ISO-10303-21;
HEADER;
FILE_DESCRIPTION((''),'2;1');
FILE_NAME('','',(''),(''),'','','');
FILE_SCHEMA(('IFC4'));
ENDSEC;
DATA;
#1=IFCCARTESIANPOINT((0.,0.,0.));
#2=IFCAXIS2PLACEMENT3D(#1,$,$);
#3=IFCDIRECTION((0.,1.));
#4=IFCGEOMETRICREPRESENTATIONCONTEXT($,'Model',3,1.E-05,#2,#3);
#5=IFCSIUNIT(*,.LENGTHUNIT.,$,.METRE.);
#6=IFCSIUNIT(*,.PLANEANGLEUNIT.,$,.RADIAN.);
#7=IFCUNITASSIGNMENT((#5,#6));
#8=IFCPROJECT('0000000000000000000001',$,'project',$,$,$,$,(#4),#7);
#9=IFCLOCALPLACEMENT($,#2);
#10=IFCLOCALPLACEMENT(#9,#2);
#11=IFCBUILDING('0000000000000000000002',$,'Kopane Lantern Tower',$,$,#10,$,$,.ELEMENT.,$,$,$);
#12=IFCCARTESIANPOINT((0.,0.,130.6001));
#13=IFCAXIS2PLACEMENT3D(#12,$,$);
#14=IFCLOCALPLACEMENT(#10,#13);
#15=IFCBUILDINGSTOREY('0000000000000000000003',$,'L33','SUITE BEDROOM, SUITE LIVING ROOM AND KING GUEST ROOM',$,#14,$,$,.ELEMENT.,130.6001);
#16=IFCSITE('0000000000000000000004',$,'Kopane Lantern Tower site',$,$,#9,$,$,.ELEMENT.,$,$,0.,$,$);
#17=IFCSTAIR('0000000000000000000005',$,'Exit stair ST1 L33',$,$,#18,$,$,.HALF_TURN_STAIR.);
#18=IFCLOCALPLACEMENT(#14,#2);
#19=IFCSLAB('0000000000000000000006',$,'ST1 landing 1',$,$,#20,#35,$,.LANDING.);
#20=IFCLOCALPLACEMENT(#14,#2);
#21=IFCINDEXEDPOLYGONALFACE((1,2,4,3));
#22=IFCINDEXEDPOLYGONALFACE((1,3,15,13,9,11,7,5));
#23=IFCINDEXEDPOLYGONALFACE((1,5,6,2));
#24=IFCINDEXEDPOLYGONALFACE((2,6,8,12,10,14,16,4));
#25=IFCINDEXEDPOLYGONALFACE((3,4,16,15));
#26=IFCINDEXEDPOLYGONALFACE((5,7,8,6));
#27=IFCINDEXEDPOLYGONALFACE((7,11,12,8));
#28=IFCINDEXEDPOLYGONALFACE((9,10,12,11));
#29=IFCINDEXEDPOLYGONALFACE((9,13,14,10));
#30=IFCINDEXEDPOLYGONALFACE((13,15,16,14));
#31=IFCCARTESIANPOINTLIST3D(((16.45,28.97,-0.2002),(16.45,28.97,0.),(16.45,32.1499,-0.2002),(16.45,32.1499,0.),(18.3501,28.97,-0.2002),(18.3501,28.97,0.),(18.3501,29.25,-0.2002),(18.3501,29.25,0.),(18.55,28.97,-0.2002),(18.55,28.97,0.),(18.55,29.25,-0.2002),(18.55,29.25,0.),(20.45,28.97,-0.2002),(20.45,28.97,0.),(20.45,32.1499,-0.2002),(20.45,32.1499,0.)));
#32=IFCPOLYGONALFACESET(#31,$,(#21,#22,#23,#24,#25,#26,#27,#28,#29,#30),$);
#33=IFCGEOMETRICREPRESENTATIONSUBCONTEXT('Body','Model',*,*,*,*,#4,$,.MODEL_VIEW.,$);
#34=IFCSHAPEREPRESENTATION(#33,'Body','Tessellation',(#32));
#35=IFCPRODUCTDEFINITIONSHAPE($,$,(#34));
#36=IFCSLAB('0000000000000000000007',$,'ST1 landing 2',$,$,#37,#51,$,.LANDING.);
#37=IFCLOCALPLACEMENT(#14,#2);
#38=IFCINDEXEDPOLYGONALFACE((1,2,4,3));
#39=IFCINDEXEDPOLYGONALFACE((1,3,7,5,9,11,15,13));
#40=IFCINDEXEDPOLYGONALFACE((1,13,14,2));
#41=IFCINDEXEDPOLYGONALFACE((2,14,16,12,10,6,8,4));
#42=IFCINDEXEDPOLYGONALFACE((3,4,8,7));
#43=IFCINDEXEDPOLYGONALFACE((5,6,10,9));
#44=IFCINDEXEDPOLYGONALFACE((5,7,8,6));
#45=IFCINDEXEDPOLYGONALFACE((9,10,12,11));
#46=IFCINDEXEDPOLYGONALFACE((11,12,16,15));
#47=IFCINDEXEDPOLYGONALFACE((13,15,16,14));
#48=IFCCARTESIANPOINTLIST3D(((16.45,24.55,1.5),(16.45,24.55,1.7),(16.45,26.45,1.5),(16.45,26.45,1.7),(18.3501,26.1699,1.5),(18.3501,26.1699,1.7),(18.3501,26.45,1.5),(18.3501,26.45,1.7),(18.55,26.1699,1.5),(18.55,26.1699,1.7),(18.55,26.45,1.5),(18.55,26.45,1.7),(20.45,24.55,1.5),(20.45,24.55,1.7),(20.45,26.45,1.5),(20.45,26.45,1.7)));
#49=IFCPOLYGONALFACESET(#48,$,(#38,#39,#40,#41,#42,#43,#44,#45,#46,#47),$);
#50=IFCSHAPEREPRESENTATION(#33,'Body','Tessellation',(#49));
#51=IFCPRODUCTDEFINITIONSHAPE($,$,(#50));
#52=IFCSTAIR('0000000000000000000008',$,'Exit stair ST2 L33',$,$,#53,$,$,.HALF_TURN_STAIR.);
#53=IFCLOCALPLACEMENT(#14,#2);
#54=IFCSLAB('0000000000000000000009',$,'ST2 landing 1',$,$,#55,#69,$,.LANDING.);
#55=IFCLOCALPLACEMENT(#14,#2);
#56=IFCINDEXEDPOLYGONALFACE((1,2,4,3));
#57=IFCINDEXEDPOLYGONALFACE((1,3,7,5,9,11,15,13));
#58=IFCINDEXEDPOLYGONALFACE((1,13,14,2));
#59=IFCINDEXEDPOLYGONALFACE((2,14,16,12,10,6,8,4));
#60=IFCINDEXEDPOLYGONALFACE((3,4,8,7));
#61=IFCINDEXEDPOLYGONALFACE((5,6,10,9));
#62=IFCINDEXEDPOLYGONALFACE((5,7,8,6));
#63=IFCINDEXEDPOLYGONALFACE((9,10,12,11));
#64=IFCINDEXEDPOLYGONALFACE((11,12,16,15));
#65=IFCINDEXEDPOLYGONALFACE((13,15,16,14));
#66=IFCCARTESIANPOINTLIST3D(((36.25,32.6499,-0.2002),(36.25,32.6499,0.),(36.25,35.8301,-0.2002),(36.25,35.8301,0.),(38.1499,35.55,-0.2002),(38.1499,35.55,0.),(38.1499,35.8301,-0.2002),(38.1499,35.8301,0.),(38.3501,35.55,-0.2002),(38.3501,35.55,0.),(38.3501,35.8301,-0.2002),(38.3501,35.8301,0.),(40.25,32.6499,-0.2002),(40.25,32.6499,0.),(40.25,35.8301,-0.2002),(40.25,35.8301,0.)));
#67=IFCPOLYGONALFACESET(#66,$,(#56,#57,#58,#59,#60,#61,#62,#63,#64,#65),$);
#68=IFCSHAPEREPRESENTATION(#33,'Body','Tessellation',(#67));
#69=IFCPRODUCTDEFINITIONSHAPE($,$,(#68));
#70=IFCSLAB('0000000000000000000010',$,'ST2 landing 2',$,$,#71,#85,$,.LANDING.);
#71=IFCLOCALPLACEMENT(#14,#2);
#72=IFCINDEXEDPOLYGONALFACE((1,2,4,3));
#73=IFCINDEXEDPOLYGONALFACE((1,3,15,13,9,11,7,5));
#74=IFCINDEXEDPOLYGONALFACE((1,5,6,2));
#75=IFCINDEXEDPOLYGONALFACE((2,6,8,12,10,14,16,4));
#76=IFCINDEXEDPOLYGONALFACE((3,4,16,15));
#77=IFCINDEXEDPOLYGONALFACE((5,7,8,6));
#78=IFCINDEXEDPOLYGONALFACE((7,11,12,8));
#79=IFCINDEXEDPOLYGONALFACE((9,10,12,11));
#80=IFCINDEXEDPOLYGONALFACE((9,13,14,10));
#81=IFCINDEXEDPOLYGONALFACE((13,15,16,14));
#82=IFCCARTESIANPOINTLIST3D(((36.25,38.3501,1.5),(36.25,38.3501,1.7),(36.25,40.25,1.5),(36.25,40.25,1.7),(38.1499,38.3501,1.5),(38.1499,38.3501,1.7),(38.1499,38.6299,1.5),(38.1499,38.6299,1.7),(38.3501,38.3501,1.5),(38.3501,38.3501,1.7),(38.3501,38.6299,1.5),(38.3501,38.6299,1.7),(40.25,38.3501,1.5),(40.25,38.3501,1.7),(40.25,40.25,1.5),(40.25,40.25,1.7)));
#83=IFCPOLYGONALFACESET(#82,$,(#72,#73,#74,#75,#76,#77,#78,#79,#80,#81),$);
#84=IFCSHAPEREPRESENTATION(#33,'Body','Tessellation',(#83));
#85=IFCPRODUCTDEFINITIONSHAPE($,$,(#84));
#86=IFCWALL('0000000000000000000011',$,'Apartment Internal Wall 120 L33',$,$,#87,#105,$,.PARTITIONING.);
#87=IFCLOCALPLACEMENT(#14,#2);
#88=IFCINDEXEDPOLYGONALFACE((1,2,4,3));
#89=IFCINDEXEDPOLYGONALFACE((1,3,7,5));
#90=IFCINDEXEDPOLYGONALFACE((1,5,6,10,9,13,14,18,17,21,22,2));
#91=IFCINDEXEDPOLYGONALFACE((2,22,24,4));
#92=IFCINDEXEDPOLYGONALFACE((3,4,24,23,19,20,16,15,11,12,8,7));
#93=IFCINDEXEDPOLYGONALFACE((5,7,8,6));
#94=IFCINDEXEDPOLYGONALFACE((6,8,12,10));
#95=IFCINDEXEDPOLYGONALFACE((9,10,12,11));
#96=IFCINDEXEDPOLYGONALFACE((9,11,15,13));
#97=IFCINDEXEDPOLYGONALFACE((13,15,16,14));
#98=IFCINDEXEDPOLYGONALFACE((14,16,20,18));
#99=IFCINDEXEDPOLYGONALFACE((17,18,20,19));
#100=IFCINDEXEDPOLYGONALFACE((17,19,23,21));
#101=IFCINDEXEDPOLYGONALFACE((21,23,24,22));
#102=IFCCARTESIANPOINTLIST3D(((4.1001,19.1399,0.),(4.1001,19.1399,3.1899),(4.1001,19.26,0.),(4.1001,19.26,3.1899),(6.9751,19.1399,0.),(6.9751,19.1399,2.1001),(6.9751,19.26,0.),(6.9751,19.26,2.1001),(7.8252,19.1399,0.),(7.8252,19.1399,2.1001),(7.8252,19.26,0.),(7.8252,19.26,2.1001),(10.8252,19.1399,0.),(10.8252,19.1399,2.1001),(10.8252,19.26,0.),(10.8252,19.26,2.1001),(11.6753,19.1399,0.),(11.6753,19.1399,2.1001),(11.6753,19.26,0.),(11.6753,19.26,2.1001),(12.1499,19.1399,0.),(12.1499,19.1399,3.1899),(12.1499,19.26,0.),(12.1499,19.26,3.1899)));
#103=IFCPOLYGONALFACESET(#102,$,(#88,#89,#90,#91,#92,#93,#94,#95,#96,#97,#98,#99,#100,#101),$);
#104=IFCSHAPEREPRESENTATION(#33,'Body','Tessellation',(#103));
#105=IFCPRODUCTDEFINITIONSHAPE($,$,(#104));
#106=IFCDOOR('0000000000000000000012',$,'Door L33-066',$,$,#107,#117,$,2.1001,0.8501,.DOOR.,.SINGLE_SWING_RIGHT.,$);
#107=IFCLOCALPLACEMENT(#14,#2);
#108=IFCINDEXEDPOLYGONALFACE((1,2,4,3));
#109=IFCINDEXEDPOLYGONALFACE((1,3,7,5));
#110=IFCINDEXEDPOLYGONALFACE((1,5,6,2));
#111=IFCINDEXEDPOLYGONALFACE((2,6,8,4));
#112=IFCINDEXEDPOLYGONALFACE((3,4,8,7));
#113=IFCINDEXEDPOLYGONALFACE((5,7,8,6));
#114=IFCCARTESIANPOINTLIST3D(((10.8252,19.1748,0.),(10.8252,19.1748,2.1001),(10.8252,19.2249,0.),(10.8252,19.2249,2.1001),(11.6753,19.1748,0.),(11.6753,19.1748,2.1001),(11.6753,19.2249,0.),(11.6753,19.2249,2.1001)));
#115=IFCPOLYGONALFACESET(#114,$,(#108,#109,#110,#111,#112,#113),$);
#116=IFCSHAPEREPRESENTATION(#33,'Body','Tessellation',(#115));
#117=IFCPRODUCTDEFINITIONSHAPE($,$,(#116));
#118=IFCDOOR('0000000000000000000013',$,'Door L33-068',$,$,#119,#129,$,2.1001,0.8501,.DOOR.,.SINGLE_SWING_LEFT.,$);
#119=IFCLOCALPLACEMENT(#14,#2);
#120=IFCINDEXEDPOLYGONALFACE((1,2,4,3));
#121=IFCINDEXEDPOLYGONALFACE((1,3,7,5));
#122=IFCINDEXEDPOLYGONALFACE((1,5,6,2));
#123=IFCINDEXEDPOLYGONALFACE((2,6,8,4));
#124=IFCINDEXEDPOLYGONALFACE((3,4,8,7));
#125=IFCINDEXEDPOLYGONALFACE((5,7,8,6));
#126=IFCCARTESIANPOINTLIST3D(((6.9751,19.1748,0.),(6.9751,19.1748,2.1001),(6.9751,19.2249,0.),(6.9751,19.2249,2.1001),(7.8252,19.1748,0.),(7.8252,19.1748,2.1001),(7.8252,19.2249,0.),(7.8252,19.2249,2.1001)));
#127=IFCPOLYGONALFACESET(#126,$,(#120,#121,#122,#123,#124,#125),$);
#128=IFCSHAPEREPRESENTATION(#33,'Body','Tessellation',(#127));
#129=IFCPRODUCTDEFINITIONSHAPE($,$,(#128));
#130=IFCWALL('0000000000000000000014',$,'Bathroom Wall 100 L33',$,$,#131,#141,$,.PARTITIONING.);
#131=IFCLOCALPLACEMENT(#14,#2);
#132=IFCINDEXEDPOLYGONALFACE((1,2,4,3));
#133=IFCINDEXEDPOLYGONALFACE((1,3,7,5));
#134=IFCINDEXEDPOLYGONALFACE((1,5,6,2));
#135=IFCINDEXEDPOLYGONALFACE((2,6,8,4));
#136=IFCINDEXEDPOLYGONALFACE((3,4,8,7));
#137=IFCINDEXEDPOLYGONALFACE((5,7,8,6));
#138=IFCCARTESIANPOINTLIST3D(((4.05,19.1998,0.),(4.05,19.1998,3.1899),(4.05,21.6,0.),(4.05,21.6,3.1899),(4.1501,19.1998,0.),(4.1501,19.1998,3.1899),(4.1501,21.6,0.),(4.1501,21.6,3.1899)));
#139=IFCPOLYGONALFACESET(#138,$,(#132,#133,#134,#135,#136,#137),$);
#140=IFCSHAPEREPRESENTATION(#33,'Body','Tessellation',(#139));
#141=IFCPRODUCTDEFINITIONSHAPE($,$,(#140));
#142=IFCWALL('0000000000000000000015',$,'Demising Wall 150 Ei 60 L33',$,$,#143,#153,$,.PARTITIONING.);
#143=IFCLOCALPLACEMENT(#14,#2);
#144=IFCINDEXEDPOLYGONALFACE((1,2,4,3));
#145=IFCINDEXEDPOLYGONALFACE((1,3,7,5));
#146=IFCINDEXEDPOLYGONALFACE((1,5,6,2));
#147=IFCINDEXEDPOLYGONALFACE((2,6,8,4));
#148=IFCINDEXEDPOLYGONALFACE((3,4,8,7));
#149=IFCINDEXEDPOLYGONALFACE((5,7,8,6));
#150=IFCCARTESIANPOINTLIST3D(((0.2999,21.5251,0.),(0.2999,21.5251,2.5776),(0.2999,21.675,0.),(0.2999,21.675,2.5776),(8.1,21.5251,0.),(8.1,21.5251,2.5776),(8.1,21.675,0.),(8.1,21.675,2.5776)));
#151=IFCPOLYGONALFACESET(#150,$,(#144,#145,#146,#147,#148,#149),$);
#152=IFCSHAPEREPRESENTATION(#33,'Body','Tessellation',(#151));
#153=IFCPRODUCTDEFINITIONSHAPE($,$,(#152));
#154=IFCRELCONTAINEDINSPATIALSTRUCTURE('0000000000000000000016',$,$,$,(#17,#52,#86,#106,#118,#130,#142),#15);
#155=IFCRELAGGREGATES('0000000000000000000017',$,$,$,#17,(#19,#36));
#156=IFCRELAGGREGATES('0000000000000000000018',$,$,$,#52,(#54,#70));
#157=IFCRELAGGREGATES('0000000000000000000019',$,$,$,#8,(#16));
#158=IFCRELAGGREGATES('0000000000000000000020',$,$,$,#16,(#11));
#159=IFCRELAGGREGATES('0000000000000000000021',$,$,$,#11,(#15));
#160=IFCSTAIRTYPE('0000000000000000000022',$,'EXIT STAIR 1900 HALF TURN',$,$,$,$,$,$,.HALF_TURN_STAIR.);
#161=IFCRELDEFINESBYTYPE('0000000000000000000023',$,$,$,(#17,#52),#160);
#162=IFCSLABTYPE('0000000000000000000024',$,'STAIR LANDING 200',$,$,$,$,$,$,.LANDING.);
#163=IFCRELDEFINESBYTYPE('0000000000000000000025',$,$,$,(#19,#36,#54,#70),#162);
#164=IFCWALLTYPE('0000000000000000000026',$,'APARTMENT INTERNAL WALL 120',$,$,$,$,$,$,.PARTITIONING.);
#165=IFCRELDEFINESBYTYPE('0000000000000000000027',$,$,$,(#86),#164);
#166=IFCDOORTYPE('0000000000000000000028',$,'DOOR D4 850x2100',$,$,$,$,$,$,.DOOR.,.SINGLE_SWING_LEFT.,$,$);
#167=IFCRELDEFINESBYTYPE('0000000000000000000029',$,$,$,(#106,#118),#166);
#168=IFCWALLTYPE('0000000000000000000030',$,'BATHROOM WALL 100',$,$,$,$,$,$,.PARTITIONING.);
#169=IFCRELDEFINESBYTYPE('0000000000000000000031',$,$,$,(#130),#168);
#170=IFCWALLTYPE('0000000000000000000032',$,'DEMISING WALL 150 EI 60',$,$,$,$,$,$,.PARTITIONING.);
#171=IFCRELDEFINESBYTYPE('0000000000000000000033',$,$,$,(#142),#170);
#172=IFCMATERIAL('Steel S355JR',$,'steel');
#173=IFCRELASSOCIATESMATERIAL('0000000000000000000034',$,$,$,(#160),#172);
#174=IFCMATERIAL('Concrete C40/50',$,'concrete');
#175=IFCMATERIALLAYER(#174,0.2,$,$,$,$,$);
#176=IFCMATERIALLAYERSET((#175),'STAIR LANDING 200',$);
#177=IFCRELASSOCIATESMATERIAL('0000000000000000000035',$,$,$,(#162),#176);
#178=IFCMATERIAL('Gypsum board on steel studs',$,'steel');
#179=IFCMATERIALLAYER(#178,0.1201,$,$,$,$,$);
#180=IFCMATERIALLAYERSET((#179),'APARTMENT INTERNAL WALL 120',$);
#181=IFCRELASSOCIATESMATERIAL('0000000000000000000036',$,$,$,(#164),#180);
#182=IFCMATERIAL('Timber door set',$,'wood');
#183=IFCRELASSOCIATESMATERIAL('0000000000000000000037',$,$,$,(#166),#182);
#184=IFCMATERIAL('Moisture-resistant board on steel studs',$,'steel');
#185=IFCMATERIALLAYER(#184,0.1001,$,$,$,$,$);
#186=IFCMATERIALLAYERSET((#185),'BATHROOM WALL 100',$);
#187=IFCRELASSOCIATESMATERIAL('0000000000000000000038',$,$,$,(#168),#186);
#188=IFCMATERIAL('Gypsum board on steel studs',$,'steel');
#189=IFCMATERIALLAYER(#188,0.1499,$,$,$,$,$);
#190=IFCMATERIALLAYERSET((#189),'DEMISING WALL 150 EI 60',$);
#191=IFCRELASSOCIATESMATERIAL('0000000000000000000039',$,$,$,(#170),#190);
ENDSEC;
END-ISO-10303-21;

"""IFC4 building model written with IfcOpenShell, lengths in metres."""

from ifc_helpers import new_model, si_unit, direction, frame, frame_2d, origin, place, context, subcontext, project, spatial, polyline, rectangle, outline, extrude, material, layer, layer_set, type_object, element, fill, aggregate, save


model = new_model("IFC4")

# Units and contexts
model_context = context("Model", 3, precision=1e-05, world=origin(), true_north=direction((0.0, 1.0)))
body_context = subcontext(model_context, "Body", "Model", "MODEL_VIEW")
ifc_project = project(units=[si_unit("LENGTHUNIT", "METRE"), si_unit("PLANEANGLEUNIT", "RADIAN")], contexts=[model_context])

# Site, building, storey
site_placement = place(None, origin())
site = spatial("IfcSite", under=ifc_project, at=site_placement, Name="Kopane Lantern Tower site", CompositionType="ELEMENT", RefElevation=0.0)
building_placement = place(site_placement, origin())
building = spatial("IfcBuilding", under=site, at=building_placement, Name="Kopane Lantern Tower", CompositionType="ELEMENT")
storey_placement = place(building_placement, frame((0.0, 0.0, 130.6001)))
storey = spatial("IfcBuildingStorey", under=building, at=storey_placement, Name="L33", Description="SUITE BEDROOM, SUITE LIVING ROOM AND KING GUEST ROOM", CompositionType="ELEMENT", Elevation=130.6001)

# Stairs, slabs
ifc_material_1 = material(Name="Steel S355JR", Category="steel")
stair_type = type_object("IfcStairType", Name="EXIT STAIR 1900 HALF TURN", PredefinedType="HALF_TURN_STAIR", material=ifc_material_1)
stair_1_placement = place(storey_placement, origin())
stair_1 = element("IfcStair", 1, at=stair_1_placement, inside=storey, type_object=stair_type, Name="Exit stair ST1 L33", PredefinedType="HALF_TURN_STAIR")
ifc_material_2 = material(Name="Concrete C40/50", Category="concrete")
ifc_layer_1 = layer(ifc_material_2, 0.2)
ifc_layer_set_1 = layer_set([ifc_layer_1], Name="STAIR LANDING 200")
slab_type_1 = type_object("IfcSlabType", Name="STAIR LANDING 200", PredefinedType="LANDING", material=ifc_layer_set_1)
slab_1_placement = place(storey_placement, frame((0.0, 0.0, -0.2002)))
slab_1 = element("IfcSlab", 2, at=slab_1_placement, type_object=slab_type_1, Name="ST1 landing 1", PredefinedType="LANDING", context=body_context, shape_type="SweptSolid", body=[
    extrude(outline(polyline([(18.3501, 29.25), (18.55, 29.25), (18.55, 28.97), (20.45, 28.97), (20.45, 32.1499), (16.45, 32.1499), (16.45, 28.97), (18.3501, 28.97), (18.3501, 29.25)])), origin(), (0.0, 0.0, 1.0), 0.2002),
])
slab_2_placement = place(storey_placement, frame((0.0, 0.0, 1.5)))
slab_2 = element("IfcSlab", 3, at=slab_2_placement, type_object=slab_type_1, Name="ST1 landing 2", PredefinedType="LANDING", context=body_context, shape_type="SweptSolid", body=[
    extrude(outline(polyline([(20.45, 26.45), (18.55, 26.45), (18.55, 26.1699), (18.3501, 26.1699), (18.3501, 26.45), (16.45, 26.45), (16.45, 24.55), (20.45, 24.55), (20.45, 26.45)])), origin(), (0.0, 0.0, 1.0), 0.2),
])
aggregate(stair_1, [slab_1, slab_2])
stair_2_placement = place(storey_placement, origin())
stair_2 = element("IfcStair", 4, at=stair_2_placement, inside=storey, type_object=stair_type, Name="Exit stair ST2 L33", PredefinedType="HALF_TURN_STAIR")
slab_3_placement = place(storey_placement, frame((0.0, 0.0, -0.2002)))
slab_3 = element("IfcSlab", 5, at=slab_3_placement, type_object=slab_type_1, Name="ST2 landing 1", PredefinedType="LANDING", context=body_context, shape_type="SweptSolid", body=[
    extrude(outline(polyline([(40.25, 35.8301), (38.3501, 35.8301), (38.3501, 35.55), (38.1499, 35.55), (38.1499, 35.8301), (36.25, 35.8301), (36.25, 32.6499), (40.25, 32.6499), (40.25, 35.8301)])), origin(), (0.0, 0.0, 1.0), 0.2002),
])
slab_4_placement = place(storey_placement, frame((0.0, 0.0, 1.5)))
slab_4 = element("IfcSlab", 6, at=slab_4_placement, type_object=slab_type_1, Name="ST2 landing 2", PredefinedType="LANDING", context=body_context, shape_type="SweptSolid", body=[
    extrude(outline(polyline([(38.1499, 38.6299), (38.3501, 38.6299), (38.3501, 38.3501), (40.25, 38.3501), (40.25, 40.25), (36.25, 40.25), (36.25, 38.3501), (38.1499, 38.3501), (38.1499, 38.6299)])), origin(), (0.0, 0.0, 1.0), 0.2),
])
aggregate(stair_2, [slab_3, slab_4])

# Wall, openings, doors
ifc_material_3 = material(Name="Gypsum board on steel studs", Category="steel")
ifc_layer_2 = layer(ifc_material_3, 0.1201)
ifc_layer_set_2 = layer_set([ifc_layer_2], Name="APARTMENT INTERNAL WALL 120")
wall_type_1 = type_object("IfcWallType", Name="APARTMENT INTERNAL WALL 120", PredefinedType="PARTITIONING", material=ifc_layer_set_2)
wall_1_placement = place(storey_placement, frame((4.1001, 19.2, 0.0), z_axis=(0.0, 0.0, 1.0), x_axis=(1.0, 0.0, 0.0)))
wall_1 = element("IfcWall", 7, at=wall_1_placement, inside=storey, type_object=wall_type_1, Name="Apartment Internal Wall 120 L33", PredefinedType="PARTITIONING", context=body_context, shape_type="SweptSolid", body=[
    extrude(rectangle(XDim=8.0498, YDim=0.1201, at=frame_2d((4.0249, 0.0))), origin(), (0.0, 0.0, 1.0), 3.1899),
])
opening_1_placement = place(wall_1_placement, frame((6.7251, 0.0, 0.0)))
opening_1 = element("IfcOpeningElement", 8, at=opening_1_placement, cuts=wall_1, PredefinedType="OPENING", context=body_context, shape_type="SweptSolid", body=[
    extrude(rectangle(XDim=0.8501, YDim=2.1001, at=frame_2d((0.425, 1.05))), frame((0.0, 0.0701, 0.0), z_axis=(0.0, -1.0, 0.0), x_axis=(1.0, 0.0, 0.0)), (0.0, 0.0, 1.0), 0.1401),
])
opening_2_placement = place(wall_1_placement, frame((2.875, 0.0, 0.0)))
opening_2 = element("IfcOpeningElement", 9, at=opening_2_placement, cuts=wall_1, PredefinedType="OPENING", context=body_context, shape_type="SweptSolid", body=[
    extrude(rectangle(XDim=0.8501, YDim=2.1001, at=frame_2d((0.425, 1.05))), frame((0.0, 0.0701, 0.0), z_axis=(0.0, -1.0, 0.0), x_axis=(1.0, 0.0, 0.0)), (0.0, 0.0, 1.0), 0.1401),
])
ifc_material_4 = material(Name="Timber door set", Category="wood")
door_type = type_object("IfcDoorType", Name="DOOR D4 850x2100", OperationType="SINGLE_SWING_LEFT", PredefinedType="DOOR", material=ifc_material_4)
door_1_placement = place(opening_1_placement, origin())
door_1 = element("IfcDoor", 10, at=door_1_placement, inside=storey, type_object=door_type, Name="Door L33-066", OperationType="SINGLE_SWING_RIGHT", OverallHeight=2.1001, OverallWidth=0.8501, PredefinedType="DOOR", context=body_context, shape_type="SweptSolid", body=[
    extrude(rectangle(XDim=0.8501, YDim=2.1001, at=frame_2d((0.425, 1.05))), frame((0.0, 0.0249, 0.0), z_axis=(0.0, -1.0, 0.0), x_axis=(1.0, 0.0, 0.0)), (0.0, 0.0, 1.0), 0.05),
])
fill(opening_1, door_1)
door_2_placement = place(opening_2_placement, origin())
door_2 = element("IfcDoor", 11, at=door_2_placement, inside=storey, type_object=door_type, Name="Door L33-068", OperationType="SINGLE_SWING_LEFT", OverallHeight=2.1001, OverallWidth=0.8501, PredefinedType="DOOR", context=body_context, shape_type="SweptSolid", body=[
    extrude(rectangle(XDim=0.8501, YDim=2.1001, at=frame_2d((0.425, 1.05))), frame((0.0, 0.0249, 0.0), z_axis=(0.0, -1.0, 0.0), x_axis=(1.0, 0.0, 0.0)), (0.0, 0.0, 1.0), 0.05),
])
fill(opening_2, door_2)

# Walls
ifc_material_5 = material(Name="Moisture-resistant board on steel studs", Category="steel")
ifc_layer_3 = layer(ifc_material_5, 0.1001)
ifc_layer_set_3 = layer_set([ifc_layer_3], Name="BATHROOM WALL 100")
wall_type_2 = type_object("IfcWallType", Name="BATHROOM WALL 100", PredefinedType="PARTITIONING", material=ifc_layer_set_3)
wall_2_placement = place(storey_placement, frame((4.1001, 21.6001, 0.0), z_axis=(0.0, 0.0, 1.0), x_axis=(0.0, -1.0, 0.0)))
element("IfcWall", 12, at=wall_2_placement, inside=storey, type_object=wall_type_2, Name="Bathroom Wall 100 L33", PredefinedType="PARTITIONING", context=body_context, shape_type="SweptSolid", body=[
    extrude(rectangle(XDim=2.4001, YDim=0.1001, at=frame_2d((1.2002, 0.0))), origin(), (0.0, 0.0, 1.0), 3.1899),
])
ifc_material_6 = material(Name="Gypsum board on steel studs", Category="steel")
ifc_layer_4 = layer(ifc_material_6, 0.1499)
ifc_layer_set_4 = layer_set([ifc_layer_4], Name="DEMISING WALL 150 EI 60")
wall_type_3 = type_object("IfcWallType", Name="DEMISING WALL 150 EI 60", PredefinedType="PARTITIONING", material=ifc_layer_set_4)
wall_3_placement = place(storey_placement, frame((0.3, 21.6001, 0.0), z_axis=(0.0, 0.0, 1.0), x_axis=(1.0, 0.0, 0.0)))
element("IfcWall", 13, at=wall_3_placement, inside=storey, type_object=wall_type_3, Name="Demising Wall 150 Ei 60 L33", PredefinedType="PARTITIONING", context=body_context, shape_type="SweptSolid", body=[
    extrude(rectangle(XDim=7.8, YDim=0.1499, at=frame_2d((3.8999, 0.0))), origin(), (0.0, 0.0, 1.0), 2.5776),
])

save(model, "model.ifc")
